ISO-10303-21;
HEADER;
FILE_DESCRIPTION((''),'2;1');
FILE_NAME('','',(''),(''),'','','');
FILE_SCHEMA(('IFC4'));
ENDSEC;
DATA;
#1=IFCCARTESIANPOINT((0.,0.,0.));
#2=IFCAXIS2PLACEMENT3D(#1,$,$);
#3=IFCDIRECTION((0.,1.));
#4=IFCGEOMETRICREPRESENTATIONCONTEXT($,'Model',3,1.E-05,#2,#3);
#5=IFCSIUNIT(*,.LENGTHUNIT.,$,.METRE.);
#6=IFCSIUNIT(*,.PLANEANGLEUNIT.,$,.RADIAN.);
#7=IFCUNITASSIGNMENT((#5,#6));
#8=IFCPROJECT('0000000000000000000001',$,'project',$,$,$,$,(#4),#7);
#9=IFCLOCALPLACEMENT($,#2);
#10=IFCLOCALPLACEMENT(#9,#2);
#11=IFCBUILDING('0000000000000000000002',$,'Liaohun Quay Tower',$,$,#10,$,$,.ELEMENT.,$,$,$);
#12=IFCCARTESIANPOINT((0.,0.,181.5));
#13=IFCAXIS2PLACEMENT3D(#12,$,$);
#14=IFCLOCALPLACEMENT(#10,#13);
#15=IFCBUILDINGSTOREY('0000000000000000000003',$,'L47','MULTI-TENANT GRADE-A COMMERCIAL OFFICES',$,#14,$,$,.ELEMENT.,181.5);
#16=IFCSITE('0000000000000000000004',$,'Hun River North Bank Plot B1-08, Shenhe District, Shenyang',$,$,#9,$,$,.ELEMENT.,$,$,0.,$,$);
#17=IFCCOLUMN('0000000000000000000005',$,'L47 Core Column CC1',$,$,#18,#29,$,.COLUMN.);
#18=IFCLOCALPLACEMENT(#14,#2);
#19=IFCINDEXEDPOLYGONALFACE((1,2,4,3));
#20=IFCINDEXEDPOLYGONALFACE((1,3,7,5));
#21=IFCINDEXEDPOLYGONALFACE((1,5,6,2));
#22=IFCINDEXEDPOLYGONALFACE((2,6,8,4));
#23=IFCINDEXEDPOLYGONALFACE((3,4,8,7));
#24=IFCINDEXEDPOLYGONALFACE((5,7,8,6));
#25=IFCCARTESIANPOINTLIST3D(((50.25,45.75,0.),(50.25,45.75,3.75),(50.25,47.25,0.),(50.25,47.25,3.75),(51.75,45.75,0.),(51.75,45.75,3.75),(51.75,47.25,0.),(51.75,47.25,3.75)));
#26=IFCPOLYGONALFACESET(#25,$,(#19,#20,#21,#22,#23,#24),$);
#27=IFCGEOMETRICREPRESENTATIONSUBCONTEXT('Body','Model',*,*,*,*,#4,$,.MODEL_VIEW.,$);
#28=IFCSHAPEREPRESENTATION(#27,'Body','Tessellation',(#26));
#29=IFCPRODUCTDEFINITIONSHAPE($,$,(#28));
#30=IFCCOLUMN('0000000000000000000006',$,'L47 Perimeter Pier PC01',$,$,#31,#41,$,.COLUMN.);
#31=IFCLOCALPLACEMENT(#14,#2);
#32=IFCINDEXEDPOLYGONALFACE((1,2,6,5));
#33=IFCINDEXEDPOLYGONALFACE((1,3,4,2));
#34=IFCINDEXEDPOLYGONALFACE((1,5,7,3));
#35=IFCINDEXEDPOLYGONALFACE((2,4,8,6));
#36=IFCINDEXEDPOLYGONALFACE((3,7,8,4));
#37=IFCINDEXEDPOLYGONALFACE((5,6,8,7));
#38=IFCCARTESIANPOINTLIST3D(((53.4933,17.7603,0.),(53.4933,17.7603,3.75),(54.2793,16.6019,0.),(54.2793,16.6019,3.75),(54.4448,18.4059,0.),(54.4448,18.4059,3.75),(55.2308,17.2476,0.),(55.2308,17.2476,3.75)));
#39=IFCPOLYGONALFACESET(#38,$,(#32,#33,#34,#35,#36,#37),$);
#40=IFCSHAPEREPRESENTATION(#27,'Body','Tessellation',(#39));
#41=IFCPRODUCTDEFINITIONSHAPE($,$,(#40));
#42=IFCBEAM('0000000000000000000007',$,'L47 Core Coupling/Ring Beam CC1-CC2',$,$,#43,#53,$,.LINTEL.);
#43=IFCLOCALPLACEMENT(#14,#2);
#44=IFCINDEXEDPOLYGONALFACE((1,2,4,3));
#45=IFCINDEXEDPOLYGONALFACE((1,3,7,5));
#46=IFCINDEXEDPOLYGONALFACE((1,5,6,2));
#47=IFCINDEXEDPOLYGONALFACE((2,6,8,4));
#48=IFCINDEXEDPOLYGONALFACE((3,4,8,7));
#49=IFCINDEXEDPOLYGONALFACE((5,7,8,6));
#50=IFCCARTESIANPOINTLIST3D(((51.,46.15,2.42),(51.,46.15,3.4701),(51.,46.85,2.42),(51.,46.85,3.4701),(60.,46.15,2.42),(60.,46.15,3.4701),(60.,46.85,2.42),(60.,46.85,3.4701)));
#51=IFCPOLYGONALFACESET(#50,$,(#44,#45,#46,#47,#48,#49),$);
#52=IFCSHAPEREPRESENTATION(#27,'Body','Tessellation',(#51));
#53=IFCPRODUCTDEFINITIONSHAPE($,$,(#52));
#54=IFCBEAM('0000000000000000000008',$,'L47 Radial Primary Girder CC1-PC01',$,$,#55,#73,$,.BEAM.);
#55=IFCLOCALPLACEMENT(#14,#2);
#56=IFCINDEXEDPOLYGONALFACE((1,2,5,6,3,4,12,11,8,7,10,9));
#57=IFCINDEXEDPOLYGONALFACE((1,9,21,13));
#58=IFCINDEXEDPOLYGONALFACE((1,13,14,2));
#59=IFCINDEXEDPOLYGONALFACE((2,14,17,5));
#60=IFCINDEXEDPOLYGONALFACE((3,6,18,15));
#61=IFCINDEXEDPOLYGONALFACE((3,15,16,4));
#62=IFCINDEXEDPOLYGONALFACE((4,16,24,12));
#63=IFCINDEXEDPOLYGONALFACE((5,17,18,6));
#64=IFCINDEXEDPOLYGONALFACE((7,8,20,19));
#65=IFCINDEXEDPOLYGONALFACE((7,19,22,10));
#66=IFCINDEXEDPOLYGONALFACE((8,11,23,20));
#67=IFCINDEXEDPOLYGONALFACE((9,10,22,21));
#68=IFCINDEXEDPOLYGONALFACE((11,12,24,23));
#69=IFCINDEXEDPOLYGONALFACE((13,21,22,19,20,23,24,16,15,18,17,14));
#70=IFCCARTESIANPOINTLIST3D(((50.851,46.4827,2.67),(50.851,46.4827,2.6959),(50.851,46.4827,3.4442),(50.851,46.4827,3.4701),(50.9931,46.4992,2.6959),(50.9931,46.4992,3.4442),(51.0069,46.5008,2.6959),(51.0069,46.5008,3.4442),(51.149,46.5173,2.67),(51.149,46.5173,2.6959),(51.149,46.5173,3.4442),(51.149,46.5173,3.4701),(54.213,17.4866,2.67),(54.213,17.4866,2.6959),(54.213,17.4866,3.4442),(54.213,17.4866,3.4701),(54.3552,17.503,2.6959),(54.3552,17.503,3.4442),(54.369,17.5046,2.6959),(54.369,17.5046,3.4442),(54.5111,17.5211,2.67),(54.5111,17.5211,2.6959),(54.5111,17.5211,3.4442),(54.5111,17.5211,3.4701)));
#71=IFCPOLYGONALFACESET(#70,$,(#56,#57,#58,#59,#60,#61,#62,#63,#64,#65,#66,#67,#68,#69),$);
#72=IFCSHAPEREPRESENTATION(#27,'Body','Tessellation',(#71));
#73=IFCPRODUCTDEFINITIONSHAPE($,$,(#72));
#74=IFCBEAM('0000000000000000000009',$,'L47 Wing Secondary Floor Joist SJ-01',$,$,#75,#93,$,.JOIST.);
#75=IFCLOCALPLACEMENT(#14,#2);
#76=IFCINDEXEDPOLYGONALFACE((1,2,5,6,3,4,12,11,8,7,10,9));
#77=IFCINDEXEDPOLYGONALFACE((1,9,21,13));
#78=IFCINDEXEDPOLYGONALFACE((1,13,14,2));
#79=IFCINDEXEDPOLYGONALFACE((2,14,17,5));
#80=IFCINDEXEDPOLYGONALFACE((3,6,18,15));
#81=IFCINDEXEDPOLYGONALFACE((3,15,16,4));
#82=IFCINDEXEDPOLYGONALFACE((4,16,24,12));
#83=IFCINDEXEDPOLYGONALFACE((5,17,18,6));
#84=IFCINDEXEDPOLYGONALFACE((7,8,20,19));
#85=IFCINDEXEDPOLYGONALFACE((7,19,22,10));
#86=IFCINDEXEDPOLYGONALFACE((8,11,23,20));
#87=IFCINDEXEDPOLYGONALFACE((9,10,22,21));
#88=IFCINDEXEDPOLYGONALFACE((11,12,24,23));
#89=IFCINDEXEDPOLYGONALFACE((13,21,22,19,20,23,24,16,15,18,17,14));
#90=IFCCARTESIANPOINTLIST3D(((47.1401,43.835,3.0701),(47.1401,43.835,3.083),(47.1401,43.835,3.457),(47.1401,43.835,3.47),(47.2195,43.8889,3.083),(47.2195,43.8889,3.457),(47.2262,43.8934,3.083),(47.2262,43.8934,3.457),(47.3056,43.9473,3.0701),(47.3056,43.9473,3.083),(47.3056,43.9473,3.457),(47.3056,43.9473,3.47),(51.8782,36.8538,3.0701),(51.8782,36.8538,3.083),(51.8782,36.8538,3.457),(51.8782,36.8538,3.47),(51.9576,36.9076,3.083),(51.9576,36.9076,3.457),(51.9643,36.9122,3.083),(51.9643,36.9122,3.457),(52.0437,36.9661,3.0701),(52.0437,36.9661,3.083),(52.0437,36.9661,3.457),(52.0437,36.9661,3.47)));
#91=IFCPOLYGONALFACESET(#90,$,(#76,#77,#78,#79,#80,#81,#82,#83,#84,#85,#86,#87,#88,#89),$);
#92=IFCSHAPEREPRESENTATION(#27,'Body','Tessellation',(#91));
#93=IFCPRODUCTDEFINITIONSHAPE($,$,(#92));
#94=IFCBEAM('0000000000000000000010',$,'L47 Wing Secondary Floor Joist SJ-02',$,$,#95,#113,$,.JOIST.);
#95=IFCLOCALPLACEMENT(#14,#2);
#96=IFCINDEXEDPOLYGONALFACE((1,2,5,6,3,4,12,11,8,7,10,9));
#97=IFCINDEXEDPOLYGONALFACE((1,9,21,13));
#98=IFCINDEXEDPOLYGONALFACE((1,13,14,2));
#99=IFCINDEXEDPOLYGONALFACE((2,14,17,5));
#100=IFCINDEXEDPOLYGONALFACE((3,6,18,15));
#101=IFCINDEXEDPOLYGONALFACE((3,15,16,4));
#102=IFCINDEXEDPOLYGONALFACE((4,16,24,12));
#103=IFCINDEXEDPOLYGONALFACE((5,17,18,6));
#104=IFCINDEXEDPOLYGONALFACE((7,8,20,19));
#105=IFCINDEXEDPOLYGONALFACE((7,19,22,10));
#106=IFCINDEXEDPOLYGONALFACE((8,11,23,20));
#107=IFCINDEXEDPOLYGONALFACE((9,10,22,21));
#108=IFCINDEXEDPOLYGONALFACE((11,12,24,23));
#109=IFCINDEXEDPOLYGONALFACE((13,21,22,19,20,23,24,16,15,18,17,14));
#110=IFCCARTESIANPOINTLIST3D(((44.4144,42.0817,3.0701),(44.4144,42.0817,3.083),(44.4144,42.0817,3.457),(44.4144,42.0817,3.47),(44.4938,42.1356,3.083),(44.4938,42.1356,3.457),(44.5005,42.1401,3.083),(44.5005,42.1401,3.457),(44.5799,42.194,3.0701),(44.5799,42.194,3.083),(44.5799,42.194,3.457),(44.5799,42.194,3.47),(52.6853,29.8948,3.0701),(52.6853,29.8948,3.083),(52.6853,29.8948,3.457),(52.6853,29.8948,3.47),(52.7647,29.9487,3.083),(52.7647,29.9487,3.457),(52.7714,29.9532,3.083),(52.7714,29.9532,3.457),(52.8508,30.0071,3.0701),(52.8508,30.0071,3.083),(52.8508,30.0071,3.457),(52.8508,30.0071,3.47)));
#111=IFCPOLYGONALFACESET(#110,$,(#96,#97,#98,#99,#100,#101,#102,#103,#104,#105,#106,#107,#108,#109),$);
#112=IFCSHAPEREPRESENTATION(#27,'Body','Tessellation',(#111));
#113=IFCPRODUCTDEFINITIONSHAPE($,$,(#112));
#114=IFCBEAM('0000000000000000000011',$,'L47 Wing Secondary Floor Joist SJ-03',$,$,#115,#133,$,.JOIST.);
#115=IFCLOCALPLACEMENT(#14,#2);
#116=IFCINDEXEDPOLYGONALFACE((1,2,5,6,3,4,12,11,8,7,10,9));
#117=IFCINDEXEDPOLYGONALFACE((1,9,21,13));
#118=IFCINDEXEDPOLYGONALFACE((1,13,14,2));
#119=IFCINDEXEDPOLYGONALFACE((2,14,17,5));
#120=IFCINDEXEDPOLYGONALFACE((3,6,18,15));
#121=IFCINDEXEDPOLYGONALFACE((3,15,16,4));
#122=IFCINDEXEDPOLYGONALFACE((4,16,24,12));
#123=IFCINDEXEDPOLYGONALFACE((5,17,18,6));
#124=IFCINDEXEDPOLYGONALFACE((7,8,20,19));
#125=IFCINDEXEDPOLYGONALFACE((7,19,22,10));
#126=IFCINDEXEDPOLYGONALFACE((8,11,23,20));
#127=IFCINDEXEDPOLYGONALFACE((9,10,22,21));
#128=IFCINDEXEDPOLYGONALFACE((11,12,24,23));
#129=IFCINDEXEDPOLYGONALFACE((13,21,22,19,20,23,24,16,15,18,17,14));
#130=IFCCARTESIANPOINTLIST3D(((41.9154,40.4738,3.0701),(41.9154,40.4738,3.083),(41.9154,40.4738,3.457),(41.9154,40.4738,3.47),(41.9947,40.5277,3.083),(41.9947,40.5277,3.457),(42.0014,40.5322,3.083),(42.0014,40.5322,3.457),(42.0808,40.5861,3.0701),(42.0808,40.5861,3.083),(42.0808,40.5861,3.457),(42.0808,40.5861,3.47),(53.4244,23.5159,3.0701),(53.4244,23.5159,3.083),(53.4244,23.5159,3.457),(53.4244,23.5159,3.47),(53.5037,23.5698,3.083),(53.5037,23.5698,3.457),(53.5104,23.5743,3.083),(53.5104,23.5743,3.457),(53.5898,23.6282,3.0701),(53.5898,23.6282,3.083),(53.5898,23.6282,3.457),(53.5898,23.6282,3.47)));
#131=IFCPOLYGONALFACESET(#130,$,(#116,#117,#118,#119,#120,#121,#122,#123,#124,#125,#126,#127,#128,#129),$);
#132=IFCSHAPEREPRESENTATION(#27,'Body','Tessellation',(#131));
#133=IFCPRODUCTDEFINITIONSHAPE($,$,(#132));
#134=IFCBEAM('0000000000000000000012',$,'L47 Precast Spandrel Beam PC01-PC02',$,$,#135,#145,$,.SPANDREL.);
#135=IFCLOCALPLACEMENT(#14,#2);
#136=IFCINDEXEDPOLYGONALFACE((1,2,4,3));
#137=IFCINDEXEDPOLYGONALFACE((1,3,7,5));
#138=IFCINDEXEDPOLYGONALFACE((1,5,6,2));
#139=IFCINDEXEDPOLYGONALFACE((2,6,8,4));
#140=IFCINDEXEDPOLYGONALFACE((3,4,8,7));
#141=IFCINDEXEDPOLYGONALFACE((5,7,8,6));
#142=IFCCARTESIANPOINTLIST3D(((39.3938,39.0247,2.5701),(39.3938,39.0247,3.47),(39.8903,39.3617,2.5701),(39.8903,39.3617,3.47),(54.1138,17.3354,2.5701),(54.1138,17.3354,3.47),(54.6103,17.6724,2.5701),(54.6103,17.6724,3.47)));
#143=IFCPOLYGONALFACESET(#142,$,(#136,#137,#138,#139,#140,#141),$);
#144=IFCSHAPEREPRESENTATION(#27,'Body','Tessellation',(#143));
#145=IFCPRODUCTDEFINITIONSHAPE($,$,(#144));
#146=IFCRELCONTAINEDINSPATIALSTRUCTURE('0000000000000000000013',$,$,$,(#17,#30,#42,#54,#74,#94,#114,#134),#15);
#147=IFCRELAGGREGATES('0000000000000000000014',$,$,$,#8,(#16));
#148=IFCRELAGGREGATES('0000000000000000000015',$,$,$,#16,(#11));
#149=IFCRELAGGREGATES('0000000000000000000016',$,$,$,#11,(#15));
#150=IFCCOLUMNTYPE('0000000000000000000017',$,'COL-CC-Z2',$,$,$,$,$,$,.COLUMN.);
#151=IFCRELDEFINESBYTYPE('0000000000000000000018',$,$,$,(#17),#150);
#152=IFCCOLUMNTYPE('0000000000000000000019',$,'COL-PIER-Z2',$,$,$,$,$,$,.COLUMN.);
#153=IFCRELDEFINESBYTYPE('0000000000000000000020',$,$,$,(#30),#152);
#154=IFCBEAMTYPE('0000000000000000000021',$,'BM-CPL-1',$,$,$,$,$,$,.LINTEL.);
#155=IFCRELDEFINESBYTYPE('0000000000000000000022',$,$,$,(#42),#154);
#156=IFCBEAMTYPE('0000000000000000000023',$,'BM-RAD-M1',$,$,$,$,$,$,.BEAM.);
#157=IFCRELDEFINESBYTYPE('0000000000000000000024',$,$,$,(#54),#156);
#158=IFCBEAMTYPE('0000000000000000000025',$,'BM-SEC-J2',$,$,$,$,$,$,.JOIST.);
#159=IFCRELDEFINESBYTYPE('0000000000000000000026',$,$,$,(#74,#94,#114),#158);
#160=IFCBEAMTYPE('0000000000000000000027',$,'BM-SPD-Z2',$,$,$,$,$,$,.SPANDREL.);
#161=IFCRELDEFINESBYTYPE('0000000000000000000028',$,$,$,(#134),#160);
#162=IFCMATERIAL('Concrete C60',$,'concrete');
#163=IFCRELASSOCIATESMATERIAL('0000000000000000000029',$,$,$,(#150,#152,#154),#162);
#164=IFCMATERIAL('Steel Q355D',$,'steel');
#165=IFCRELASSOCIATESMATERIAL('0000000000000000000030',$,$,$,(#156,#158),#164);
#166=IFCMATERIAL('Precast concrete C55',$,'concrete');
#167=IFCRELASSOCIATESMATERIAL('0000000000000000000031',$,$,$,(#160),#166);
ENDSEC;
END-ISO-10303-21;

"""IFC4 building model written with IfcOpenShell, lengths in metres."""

from ifc_helpers import new_model, si_unit, direction, frame, origin, origin_2d, place, context, subcontext, project, spatial, rectangle, i_section, extrude, source, transform, mapped, material, material_profile, profile_set, type_object, element, save


model = new_model("IFC4")

# Units and contexts
model_context = context("Model", 3, precision=1e-05, world=origin(), true_north=direction((0.0, 1.0)))
body_context = subcontext(model_context, "Body", "Model", "MODEL_VIEW")
ifc_project = project(units=[si_unit("LENGTHUNIT", "METRE"), si_unit("PLANEANGLEUNIT", "RADIAN")], contexts=[model_context])

# Site, building, storey
site_placement = place(None, origin())
site = spatial("IfcSite", under=ifc_project, at=site_placement, Name="Hun River North Bank Plot B1-08, Shenhe District, Shenyang", CompositionType="ELEMENT", RefElevation=0.0)
building_placement = place(site_placement, origin())
building = spatial("IfcBuilding", under=site, at=building_placement, Name="Liaohun Quay Tower", CompositionType="ELEMENT")
storey_placement = place(building_placement, frame((0.0, 0.0, 181.5)))
storey = spatial("IfcBuildingStorey", under=building, at=storey_placement, Name="L47", Description="MULTI-TENANT GRADE-A COMMERCIAL OFFICES", CompositionType="ELEMENT", Elevation=181.5)

# Columns
ifc_material_1 = material(Name="Concrete C60", Category="concrete")
ifc_material_profile_1 = material_profile(ifc_material_1, rectangle(XDim=1.5, YDim=1.5, at=origin_2d()), Name="RC1500x1500")
ifc_profile_set_1 = profile_set([ifc_material_profile_1], Name="Concrete C60")
column_type_1 = type_object("IfcColumnType", Name="COL-CC-Z2", PredefinedType="COLUMN", material=ifc_profile_set_1)
shared_shape_1 = source(origin(), body_context, "Body", "SweptSolid", [
    extrude(rectangle(XDim=1.5, YDim=1.5, at=origin_2d()), origin(), (0.0, 0.0, 1.0), 3.75),
])
column_1_placement = place(storey_placement, frame((51.0, 46.5, 0.0), z_axis=(0.0, 0.0, 1.0), x_axis=(1.0, 0.0, 0.0)))
element("IfcColumn", 1, at=column_1_placement, inside=storey, type_object=column_type_1, Name="L47 Core Column CC1", PredefinedType="COLUMN", context=body_context, shape_type="MappedRepresentation", body=[
    mapped(shared_shape_1, transform((0.0, 0.0, 0.0), x_axis=(1.0, 0.0, 0.0), y_axis=(0.0, 1.0, 0.0), z_axis=(0.0, 0.0, 1.0), scale=1.0)),
])
ifc_material_profile_2 = material_profile(ifc_material_1, rectangle(XDim=1.3999, YDim=1.1499, at=origin_2d()), Name="RC1400x1150")
ifc_profile_set_2 = profile_set([ifc_material_profile_2], Name="Concrete C60")
column_type_2 = type_object("IfcColumnType", Name="COL-PIER-Z2", PredefinedType="COLUMN", material=ifc_profile_set_2)
shared_shape_2 = source(origin(), body_context, "Body", "SweptSolid", [
    extrude(rectangle(XDim=1.3999, YDim=1.1499, at=origin_2d()), origin(), (0.0, 0.0, 1.0), 3.75),
])
column_2_placement = place(storey_placement, frame((54.3621, 17.5039, 0.0), z_axis=(0.0, 0.0, 1.0), x_axis=(-0.561506, 0.827473, 0.0)))
element("IfcColumn", 2, at=column_2_placement, inside=storey, type_object=column_type_2, Name="L47 Perimeter Pier PC01", PredefinedType="COLUMN", context=body_context, shape_type="MappedRepresentation", body=[
    mapped(shared_shape_2, transform((0.0, 0.0, 0.0), x_axis=(1.0, 0.0, 0.0), y_axis=(0.0, 1.0, 0.0), z_axis=(0.0, 0.0, 1.0), scale=1.0)),
])

# Beams
ifc_material_profile_3 = material_profile(ifc_material_1, rectangle(XDim=0.7, YDim=1.05, at=origin_2d()), Name="RC700x1050")
ifc_profile_set_3 = profile_set([ifc_material_profile_3], Name="Concrete C60")
beam_type_1 = type_object("IfcBeamType", Name="BM-CPL-1", PredefinedType="LINTEL", material=ifc_profile_set_3)
shared_shape_3 = source(origin(), body_context, "Body", "SweptSolid", [
    extrude(rectangle(XDim=0.7, YDim=1.05, at=origin_2d()), origin(), (0.0, 0.0, 1.0), 9.0),
])
beam_1_placement = place(storey_placement, frame((51.0, 46.5, 2.9451), z_axis=(1.0, 0.0, 0.0), x_axis=(0.0, 1.0, 0.0)))
element("IfcBeam", 3, at=beam_1_placement, inside=storey, type_object=beam_type_1, Name="L47 Core Coupling/Ring Beam CC1-CC2", PredefinedType="LINTEL", context=body_context, shape_type="MappedRepresentation", body=[
    mapped(shared_shape_3, transform((0.0, 0.0, 0.0), x_axis=(1.0, 0.0, 0.0), y_axis=(0.0, 1.0, 0.0), z_axis=(0.0, 0.0, 1.0), scale=1.0)),
])
ifc_material_2 = material(Name="Steel Q355D", Category="steel")
ifc_material_profile_4 = material_profile(ifc_material_2, i_section(OverallWidth=0.3, OverallDepth=0.8, WebThickness=0.0139, FlangeThickness=0.0259, at=origin_2d()), Name="HN800x300x14x26")
ifc_profile_set_4 = profile_set([ifc_material_profile_4], Name="Steel Q355D")
beam_type_2 = type_object("IfcBeamType", Name="BM-RAD-M1", PredefinedType="BEAM", material=ifc_profile_set_4)
shared_shape_4 = source(origin(), body_context, "Body", "SweptSolid", [
    extrude(i_section(OverallWidth=0.3, OverallDepth=0.8, WebThickness=0.0139, FlangeThickness=0.0259, at=origin_2d()), origin(), (0.0, 0.0, 1.0), 29.1904),
])
beam_2_placement = place(storey_placement, frame((51.0, 46.5, 3.0701), z_axis=(0.115177, -0.993345, 0.0), x_axis=(0.993345, 0.115177, 0.0)))
element("IfcBeam", 4, at=beam_2_placement, inside=storey, type_object=beam_type_2, Name="L47 Radial Primary Girder CC1-PC01", PredefinedType="BEAM", context=body_context, shape_type="MappedRepresentation", body=[
    mapped(shared_shape_4, transform((0.0, 0.0, 0.0), x_axis=(1.0, 0.0, 0.0), y_axis=(0.0, 1.0, 0.0), z_axis=(0.0, 0.0, 1.0), scale=1.0)),
])
ifc_material_profile_5 = material_profile(ifc_material_2, i_section(OverallWidth=0.2, OverallDepth=0.3999, WebThickness=0.0081, FlangeThickness=0.0129, at=origin_2d()), Name="HN400x200x8x13")
ifc_profile_set_5 = profile_set([ifc_material_profile_5], Name="Steel Q355D")
beam_type_3 = type_object("IfcBeamType", Name="BM-SEC-J2", PredefinedType="JOIST", material=ifc_profile_set_5)
shared_shape_5 = source(origin(), body_context, "Body", "SweptSolid", [
    extrude(i_section(OverallWidth=0.2, OverallDepth=0.3999, WebThickness=0.0081, FlangeThickness=0.0129, at=origin_2d()), origin(), (0.0, 0.0, 1.0), 8.4373),
])
beam_3_placement = place(storey_placement, frame((51.9609, 36.9099, 3.27), z_axis=(-0.561566, 0.827432, 0.0), x_axis=(-0.827432, -0.561566, 0.0)))
element("IfcBeam", 5, at=beam_3_placement, inside=storey, type_object=beam_type_3, Name="L47 Wing Secondary Floor Joist SJ-01", PredefinedType="JOIST", context=body_context, shape_type="MappedRepresentation", body=[
    mapped(shared_shape_5, transform((0.0, 0.0, 0.0), x_axis=(1.0, 0.0, 0.0), y_axis=(0.0, 1.0, 0.0), z_axis=(0.0, 0.0, 1.0), scale=1.0)),
])
shared_shape_6 = source(origin(), body_context, "Body", "SweptSolid", [
    extrude(i_section(OverallWidth=0.2, OverallDepth=0.3999, WebThickness=0.0081, FlangeThickness=0.0129, at=origin_2d()), origin(), (0.0, 0.0, 1.0), 14.7285),
])
beam_4_placement = place(storey_placement, frame((52.7681, 29.9509, 3.27), z_axis=(-0.561559, 0.827437, 0.0), x_axis=(-0.827437, -0.561559, 0.0)))
element("IfcBeam", 6, at=beam_4_placement, inside=storey, type_object=beam_type_3, Name="L47 Wing Secondary Floor Joist SJ-02", PredefinedType="JOIST", context=body_context, shape_type="MappedRepresentation", body=[
    mapped(shared_shape_6, transform((0.0, 0.0, 0.0), x_axis=(1.0, 0.0, 0.0), y_axis=(0.0, 1.0, 0.0), z_axis=(0.0, 0.0, 1.0), scale=1.0)),
])
shared_shape_7 = source(origin(), body_context, "Body", "SweptSolid", [
    extrude(i_section(OverallWidth=0.2, OverallDepth=0.3999, WebThickness=0.0081, FlangeThickness=0.0129, at=origin_2d()), origin(), (0.0, 0.0, 1.0), 20.4946),
])
beam_5_placement = place(storey_placement, frame((53.5071, 23.572, 3.27), z_axis=(-0.561562, 0.827435, 0.0), x_axis=(-0.827435, -0.561562, 0.0)))
element("IfcBeam", 7, at=beam_5_placement, inside=storey, type_object=beam_type_3, Name="L47 Wing Secondary Floor Joist SJ-03", PredefinedType="JOIST", context=body_context, shape_type="MappedRepresentation", body=[
    mapped(shared_shape_7, transform((0.0, 0.0, 0.0), x_axis=(1.0, 0.0, 0.0), y_axis=(0.0, 1.0, 0.0), z_axis=(0.0, 0.0, 1.0), scale=1.0)),
])
ifc_material_3 = material(Name="Precast concrete C55", Category="concrete")
ifc_material_profile_6 = material_profile(ifc_material_3, rectangle(XDim=0.6001, YDim=0.8999, at=origin_2d()), Name="RC600x900")
ifc_profile_set_6 = profile_set([ifc_material_profile_6], Name="Precast concrete C55")
beam_type_4 = type_object("IfcBeamType", Name="BM-SPD-Z2", PredefinedType="SPANDREL", material=ifc_profile_set_6)
shared_shape_8 = source(origin(), body_context, "Body", "SweptSolid", [
    extrude(rectangle(XDim=0.6001, YDim=0.8999, at=origin_2d()), origin(), (0.0, 0.0, 1.0), 26.2126),
])
beam_6_placement = place(storey_placement, frame((54.3621, 17.5039, 3.02), z_axis=(-0.561561, 0.827435, 0.0), x_axis=(-0.827435, -0.561561, 0.0)))
element("IfcBeam", 8, at=beam_6_placement, inside=storey, type_object=beam_type_4, Name="L47 Precast Spandrel Beam PC01-PC02", PredefinedType="SPANDREL", context=body_context, shape_type="MappedRepresentation", body=[
    mapped(shared_shape_8, transform((0.0, 0.0, 0.0), x_axis=(1.0, 0.0, 0.0), y_axis=(0.0, 1.0, 0.0), z_axis=(0.0, 0.0, 1.0), scale=1.0)),
])

save(model, "model.ifc")
